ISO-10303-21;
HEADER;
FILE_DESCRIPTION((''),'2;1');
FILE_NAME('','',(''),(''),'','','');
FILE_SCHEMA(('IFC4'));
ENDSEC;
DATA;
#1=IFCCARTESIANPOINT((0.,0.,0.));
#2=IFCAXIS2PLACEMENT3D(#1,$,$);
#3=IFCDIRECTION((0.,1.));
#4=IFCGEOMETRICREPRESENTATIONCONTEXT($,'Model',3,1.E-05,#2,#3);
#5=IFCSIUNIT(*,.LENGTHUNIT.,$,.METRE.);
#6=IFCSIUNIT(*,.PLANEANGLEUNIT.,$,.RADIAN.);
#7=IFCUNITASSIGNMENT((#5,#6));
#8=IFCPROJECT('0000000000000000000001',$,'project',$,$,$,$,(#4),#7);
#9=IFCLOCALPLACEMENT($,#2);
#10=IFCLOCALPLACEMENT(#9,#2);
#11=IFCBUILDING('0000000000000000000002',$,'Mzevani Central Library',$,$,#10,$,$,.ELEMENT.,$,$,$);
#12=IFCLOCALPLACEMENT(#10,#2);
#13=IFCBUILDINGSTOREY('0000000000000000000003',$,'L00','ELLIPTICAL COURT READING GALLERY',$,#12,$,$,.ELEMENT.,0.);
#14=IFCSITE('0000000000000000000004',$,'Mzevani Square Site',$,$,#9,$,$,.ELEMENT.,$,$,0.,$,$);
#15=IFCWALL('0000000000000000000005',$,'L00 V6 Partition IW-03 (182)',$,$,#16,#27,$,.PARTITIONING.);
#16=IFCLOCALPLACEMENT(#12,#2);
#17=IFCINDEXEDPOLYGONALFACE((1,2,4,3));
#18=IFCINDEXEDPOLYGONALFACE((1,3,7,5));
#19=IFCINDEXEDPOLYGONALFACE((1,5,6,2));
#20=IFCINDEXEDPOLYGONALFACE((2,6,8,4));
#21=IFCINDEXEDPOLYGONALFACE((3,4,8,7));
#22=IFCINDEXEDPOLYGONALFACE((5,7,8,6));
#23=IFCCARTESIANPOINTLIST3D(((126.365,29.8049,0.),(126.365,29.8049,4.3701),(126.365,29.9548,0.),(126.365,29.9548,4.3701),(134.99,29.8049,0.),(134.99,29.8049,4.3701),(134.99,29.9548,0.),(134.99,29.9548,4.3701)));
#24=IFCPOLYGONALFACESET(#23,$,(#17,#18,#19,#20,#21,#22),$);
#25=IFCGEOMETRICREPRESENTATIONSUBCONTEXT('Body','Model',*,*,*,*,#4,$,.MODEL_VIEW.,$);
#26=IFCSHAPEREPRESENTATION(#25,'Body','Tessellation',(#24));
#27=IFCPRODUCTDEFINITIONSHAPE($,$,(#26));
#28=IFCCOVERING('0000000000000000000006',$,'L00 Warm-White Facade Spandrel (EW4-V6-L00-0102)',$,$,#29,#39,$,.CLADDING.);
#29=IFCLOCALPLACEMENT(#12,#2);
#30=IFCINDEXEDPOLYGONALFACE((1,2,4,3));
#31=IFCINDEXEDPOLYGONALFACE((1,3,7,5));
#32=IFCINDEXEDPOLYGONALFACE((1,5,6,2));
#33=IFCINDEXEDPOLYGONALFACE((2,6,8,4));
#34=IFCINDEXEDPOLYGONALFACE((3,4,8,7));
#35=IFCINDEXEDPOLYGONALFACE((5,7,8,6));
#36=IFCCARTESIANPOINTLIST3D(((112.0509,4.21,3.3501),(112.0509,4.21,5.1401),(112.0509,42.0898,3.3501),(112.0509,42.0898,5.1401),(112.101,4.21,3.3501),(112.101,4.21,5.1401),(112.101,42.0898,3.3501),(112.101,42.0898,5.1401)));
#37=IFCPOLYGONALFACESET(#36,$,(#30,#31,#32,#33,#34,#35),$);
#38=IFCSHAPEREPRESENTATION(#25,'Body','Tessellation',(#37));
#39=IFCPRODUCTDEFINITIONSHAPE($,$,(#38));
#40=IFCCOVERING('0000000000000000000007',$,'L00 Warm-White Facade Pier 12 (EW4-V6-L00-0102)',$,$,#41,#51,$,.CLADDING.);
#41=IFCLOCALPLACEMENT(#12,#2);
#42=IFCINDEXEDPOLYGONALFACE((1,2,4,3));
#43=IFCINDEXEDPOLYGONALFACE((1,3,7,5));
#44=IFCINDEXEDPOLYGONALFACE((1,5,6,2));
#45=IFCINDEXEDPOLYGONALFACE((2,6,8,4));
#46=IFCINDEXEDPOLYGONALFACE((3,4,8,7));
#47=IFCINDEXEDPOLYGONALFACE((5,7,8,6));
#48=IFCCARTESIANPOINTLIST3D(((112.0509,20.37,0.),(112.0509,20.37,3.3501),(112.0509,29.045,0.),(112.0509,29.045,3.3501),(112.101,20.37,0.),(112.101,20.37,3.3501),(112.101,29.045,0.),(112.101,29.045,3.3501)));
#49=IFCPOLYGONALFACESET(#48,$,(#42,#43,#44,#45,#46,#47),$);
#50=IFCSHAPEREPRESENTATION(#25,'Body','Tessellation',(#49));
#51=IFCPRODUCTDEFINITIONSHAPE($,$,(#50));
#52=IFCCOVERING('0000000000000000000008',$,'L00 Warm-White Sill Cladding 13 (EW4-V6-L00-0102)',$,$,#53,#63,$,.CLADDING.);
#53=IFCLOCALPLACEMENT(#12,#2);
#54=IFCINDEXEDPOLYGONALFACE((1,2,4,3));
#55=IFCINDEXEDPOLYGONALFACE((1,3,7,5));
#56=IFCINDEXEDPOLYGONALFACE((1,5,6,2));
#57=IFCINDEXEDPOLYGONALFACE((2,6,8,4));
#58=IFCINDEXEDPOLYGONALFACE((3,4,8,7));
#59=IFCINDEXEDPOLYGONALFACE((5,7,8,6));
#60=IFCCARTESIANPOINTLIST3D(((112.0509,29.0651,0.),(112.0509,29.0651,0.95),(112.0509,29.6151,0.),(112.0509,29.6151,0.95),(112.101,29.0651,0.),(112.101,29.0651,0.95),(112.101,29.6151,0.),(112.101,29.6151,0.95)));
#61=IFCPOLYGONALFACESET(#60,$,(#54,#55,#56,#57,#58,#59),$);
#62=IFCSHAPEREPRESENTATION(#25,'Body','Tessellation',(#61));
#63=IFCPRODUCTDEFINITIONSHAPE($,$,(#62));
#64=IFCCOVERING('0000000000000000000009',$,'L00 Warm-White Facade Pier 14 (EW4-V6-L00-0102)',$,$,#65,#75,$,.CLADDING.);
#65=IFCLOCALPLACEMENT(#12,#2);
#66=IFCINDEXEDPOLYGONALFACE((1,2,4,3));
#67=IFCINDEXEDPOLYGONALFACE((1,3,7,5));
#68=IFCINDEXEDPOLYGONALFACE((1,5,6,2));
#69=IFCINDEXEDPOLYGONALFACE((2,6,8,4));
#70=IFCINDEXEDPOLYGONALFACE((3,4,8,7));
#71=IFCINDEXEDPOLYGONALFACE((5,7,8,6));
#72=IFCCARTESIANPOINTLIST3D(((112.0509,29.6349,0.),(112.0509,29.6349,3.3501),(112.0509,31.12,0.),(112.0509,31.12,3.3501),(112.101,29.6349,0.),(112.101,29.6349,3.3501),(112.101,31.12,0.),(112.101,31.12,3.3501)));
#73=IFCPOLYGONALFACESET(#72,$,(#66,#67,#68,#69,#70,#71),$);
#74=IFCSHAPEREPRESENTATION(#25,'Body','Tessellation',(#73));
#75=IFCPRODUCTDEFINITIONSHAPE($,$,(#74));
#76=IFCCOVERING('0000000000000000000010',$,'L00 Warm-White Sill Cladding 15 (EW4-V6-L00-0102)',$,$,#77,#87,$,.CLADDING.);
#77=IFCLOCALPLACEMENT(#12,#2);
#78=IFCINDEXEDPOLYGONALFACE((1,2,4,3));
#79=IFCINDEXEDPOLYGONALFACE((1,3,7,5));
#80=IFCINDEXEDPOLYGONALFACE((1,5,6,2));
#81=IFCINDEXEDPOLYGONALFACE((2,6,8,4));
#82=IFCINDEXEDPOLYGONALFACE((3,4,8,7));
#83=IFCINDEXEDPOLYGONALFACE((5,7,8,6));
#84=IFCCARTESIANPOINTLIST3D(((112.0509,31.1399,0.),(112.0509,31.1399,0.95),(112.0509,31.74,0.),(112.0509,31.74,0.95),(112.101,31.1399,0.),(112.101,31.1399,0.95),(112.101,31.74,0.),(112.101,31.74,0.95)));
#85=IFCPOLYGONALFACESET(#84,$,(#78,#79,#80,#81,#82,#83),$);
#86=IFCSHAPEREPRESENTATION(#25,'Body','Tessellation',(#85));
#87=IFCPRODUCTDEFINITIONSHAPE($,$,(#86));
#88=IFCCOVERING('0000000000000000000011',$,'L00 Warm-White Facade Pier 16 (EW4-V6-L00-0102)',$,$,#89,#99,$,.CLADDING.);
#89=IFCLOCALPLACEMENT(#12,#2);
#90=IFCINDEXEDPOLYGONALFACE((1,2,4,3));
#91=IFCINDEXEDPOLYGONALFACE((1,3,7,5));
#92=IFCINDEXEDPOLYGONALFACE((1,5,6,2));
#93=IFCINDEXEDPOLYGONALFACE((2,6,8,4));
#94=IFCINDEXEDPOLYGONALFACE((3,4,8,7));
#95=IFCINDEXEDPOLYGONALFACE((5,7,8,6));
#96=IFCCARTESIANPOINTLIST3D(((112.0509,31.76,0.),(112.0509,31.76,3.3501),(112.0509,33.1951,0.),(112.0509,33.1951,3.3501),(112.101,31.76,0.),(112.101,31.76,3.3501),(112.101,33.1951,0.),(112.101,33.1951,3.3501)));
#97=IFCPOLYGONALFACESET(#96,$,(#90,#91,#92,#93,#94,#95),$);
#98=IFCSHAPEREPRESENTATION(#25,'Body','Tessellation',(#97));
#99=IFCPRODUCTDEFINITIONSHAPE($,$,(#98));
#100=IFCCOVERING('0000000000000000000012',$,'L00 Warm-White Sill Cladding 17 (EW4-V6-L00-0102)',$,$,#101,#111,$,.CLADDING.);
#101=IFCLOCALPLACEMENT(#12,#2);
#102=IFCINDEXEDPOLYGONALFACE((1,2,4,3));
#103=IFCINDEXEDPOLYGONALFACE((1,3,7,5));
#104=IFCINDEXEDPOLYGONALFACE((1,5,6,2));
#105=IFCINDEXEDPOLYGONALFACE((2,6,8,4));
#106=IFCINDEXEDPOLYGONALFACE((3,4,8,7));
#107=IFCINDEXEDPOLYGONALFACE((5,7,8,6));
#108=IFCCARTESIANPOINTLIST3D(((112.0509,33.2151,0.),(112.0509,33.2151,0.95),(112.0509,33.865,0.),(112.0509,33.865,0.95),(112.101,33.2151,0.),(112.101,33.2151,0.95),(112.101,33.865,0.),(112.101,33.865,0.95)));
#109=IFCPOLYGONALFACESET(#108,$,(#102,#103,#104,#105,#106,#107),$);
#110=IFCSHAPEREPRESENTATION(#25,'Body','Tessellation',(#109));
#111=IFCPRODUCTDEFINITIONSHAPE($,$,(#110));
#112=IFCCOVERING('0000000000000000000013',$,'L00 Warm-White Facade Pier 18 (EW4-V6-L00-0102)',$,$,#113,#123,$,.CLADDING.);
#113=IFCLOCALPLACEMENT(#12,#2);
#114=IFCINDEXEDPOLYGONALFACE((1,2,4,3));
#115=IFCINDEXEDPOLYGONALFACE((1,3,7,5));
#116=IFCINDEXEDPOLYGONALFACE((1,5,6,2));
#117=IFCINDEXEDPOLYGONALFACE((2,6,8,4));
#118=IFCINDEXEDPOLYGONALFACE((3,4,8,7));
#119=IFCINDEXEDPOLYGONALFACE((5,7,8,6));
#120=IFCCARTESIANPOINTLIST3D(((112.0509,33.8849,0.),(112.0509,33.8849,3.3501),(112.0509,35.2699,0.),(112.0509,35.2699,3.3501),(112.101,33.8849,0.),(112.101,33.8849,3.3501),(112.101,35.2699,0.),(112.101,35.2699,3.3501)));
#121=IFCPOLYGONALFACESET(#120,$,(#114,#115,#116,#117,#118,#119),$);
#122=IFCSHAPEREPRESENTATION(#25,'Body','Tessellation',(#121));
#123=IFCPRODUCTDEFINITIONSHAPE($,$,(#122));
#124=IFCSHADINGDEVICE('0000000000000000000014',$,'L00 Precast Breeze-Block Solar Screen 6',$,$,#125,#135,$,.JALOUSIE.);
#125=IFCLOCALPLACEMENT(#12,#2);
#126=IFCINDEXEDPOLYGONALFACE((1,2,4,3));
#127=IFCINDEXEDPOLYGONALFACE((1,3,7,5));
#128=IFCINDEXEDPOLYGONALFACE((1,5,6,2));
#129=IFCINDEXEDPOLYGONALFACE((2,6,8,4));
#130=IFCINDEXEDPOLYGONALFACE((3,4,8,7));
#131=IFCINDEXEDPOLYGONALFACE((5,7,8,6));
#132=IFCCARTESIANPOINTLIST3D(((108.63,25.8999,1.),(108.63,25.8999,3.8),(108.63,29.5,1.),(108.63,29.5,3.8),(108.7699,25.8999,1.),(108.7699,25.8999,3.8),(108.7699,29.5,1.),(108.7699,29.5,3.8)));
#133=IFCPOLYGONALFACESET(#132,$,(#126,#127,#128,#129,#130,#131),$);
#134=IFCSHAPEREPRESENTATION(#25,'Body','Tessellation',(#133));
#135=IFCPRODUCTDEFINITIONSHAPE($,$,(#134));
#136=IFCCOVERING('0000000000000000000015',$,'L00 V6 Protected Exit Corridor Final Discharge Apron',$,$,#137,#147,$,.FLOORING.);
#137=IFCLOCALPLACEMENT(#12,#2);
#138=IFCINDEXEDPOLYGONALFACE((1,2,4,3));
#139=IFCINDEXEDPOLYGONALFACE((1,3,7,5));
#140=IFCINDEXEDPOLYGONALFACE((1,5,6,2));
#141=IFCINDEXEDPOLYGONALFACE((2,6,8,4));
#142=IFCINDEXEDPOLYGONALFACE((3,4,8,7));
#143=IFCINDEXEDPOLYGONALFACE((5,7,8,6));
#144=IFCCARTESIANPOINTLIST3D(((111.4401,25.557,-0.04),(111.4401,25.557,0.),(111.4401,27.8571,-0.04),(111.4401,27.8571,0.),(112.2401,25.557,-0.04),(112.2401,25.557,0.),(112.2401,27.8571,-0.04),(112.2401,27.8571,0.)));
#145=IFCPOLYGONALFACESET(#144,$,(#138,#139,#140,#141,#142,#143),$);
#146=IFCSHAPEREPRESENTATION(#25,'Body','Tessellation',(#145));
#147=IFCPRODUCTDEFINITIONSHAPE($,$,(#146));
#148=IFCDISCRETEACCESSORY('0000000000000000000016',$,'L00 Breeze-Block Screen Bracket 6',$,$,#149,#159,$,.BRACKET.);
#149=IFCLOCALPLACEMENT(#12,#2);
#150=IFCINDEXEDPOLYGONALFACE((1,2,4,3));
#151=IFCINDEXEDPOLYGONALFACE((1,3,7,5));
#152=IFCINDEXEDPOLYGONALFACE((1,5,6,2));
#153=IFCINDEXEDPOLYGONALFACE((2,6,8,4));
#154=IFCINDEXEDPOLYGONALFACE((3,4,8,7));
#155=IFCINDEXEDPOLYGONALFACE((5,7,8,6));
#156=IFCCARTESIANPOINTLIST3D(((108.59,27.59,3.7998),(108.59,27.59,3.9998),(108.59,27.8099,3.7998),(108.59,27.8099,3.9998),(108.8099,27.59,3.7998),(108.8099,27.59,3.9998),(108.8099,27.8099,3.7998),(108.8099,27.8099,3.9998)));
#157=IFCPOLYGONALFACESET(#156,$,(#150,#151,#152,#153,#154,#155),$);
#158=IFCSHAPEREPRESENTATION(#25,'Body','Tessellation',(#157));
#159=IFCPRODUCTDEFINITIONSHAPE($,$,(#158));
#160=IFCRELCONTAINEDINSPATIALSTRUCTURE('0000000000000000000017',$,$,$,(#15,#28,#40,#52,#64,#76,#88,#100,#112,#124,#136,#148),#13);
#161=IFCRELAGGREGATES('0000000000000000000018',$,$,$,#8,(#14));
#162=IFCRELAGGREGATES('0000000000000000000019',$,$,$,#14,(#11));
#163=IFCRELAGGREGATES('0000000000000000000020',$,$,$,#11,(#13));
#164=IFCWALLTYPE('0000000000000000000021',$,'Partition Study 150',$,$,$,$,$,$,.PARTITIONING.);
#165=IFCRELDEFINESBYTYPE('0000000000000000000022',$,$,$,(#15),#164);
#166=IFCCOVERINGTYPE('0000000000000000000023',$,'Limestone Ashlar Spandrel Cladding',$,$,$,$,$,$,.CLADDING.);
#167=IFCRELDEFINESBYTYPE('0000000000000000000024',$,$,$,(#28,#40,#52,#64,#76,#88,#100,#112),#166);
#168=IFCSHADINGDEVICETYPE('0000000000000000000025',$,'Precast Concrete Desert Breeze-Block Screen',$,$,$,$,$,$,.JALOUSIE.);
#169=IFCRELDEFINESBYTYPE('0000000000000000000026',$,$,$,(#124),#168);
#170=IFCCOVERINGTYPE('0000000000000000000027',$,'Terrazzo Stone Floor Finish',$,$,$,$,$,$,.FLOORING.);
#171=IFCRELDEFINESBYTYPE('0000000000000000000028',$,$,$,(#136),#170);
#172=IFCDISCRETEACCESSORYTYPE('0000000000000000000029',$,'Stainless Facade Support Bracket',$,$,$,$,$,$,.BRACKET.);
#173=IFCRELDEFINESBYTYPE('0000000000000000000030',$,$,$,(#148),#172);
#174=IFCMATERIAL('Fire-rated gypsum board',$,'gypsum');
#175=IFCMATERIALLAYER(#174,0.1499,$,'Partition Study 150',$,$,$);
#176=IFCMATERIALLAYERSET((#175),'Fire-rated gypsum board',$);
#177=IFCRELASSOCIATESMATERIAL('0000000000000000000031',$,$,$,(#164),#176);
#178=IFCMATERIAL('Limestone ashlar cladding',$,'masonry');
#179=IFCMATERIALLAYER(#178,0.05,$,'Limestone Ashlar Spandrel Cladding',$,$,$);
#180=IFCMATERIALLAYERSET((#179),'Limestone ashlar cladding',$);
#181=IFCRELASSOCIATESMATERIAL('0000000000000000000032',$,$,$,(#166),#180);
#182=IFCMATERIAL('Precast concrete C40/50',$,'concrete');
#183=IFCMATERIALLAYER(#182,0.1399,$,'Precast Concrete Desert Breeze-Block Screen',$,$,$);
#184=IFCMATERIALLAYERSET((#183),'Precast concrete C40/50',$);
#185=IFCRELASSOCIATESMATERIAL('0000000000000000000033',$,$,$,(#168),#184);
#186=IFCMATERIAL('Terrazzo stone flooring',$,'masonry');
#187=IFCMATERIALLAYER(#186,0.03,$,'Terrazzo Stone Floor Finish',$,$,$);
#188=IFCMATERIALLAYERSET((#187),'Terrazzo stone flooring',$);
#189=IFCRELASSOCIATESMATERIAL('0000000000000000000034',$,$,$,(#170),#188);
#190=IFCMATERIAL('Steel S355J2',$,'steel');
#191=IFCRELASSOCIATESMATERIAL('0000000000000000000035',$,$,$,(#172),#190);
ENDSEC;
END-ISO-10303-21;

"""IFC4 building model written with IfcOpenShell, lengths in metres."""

from ifc_helpers import new_model, si_unit, direction, frame, frame_2d, origin, origin_2d, place, context, subcontext, project, spatial, rectangle, extrude, material, layer, layer_set, type_object, element, save


model = new_model("IFC4")

# Units and contexts
model_context = context("Model", 3, precision=1e-05, world=origin(), true_north=direction((0.0, 1.0)))
body_context = subcontext(model_context, "Body", "Model", "MODEL_VIEW")
ifc_project = project(units=[si_unit("LENGTHUNIT", "METRE"), si_unit("PLANEANGLEUNIT", "RADIAN")], contexts=[model_context])

# Site, building, storey
site_placement = place(None, origin())
site = spatial("IfcSite", under=ifc_project, at=site_placement, Name="Mzevani Square Site", CompositionType="ELEMENT", RefElevation=0.0)
building_placement = place(site_placement, origin())
building = spatial("IfcBuilding", under=site, at=building_placement, Name="Mzevani Central Library", CompositionType="ELEMENT")
storey_placement = place(building_placement, origin())
storey = spatial("IfcBuildingStorey", under=building, at=storey_placement, Name="L00", Description="ELLIPTICAL COURT READING GALLERY", CompositionType="ELEMENT", Elevation=0.0)

# Shared definitions
ifc_material_1 = material(Name="Precast concrete C40/50", Category="concrete")

# Shared definitions
ifc_material_2 = material(Name="Fire-rated gypsum board", Category="gypsum")
ifc_layer_1 = layer(ifc_material_2, 0.1499, Name="Partition Study 150")
ifc_layer_set_1 = layer_set([ifc_layer_1], Name="Fire-rated gypsum board")
wall_type_1 = type_object("IfcWallType", Name="Partition Study 150", PredefinedType="PARTITIONING", material=ifc_layer_set_1)

# Wall
wall_1_placement = place(storey_placement, frame((134.99, 29.8799, 0.0), z_axis=(0.0, 0.0, 1.0), x_axis=(-1.0, 0.0, 0.0)))
element("IfcWall", 1, at=wall_1_placement, inside=storey, type_object=wall_type_1, Name="L00 V6 Partition IW-03 (182)", PredefinedType="PARTITIONING", context=body_context, shape_type="SweptSolid", body=[
    extrude(rectangle(XDim=8.625, YDim=0.1499, at=frame_2d((4.3125, 0.0))), origin(), (0.0, 0.0, 1.0), 4.3701),
])

# Coverings
ifc_material_3 = material(Name="Limestone ashlar cladding", Category="masonry")
ifc_layer_2 = layer(ifc_material_3, 0.05, Name="Limestone Ashlar Spandrel Cladding")
ifc_layer_set_2 = layer_set([ifc_layer_2], Name="Limestone ashlar cladding")
covering_type_1 = type_object("IfcCoveringType", Name="Limestone Ashlar Spandrel Cladding", PredefinedType="CLADDING", material=ifc_layer_set_2)
covering_1_placement = place(storey_placement, frame((112.0759, 23.1499, 3.3501), z_axis=(0.0, 0.0, 1.0), x_axis=(0.0, 1.0, 0.0)))
element("IfcCovering", 2, at=covering_1_placement, inside=storey, type_object=covering_type_1, Name="L00 Warm-White Facade Spandrel (EW4-V6-L00-0102)", PredefinedType="CLADDING", context=body_context, shape_type="SweptSolid", body=[
    extrude(rectangle(XDim=37.8799, YDim=0.05, at=origin_2d()), origin(), (0.0, 0.0, 1.0), 1.79),
])
covering_2_placement = place(storey_placement, frame((112.0759, 24.7075, 0.0), z_axis=(0.0, 0.0, 1.0), x_axis=(0.0, 1.0, 0.0)))
element("IfcCovering", 3, at=covering_2_placement, inside=storey, type_object=covering_type_1, Name="L00 Warm-White Facade Pier 12 (EW4-V6-L00-0102)", PredefinedType="CLADDING", context=body_context, shape_type="SweptSolid", body=[
    extrude(rectangle(XDim=8.675, YDim=0.05, at=origin_2d()), origin(), (0.0, 0.0, 1.0), 3.3501),
])
covering_3_placement = place(storey_placement, frame((112.0759, 29.3401, 0.0), z_axis=(0.0, 0.0, 1.0), x_axis=(0.0, 1.0, 0.0)))
element("IfcCovering", 4, at=covering_3_placement, inside=storey, type_object=covering_type_1, Name="L00 Warm-White Sill Cladding 13 (EW4-V6-L00-0102)", PredefinedType="CLADDING", context=body_context, shape_type="SweptSolid", body=[
    extrude(rectangle(XDim=0.55, YDim=0.05, at=origin_2d()), origin(), (0.0, 0.0, 1.0), 0.95),
])
covering_4_placement = place(storey_placement, frame((112.0759, 30.3774, 0.0), z_axis=(0.0, 0.0, 1.0), x_axis=(0.0, 1.0, 0.0)))
element("IfcCovering", 5, at=covering_4_placement, inside=storey, type_object=covering_type_1, Name="L00 Warm-White Facade Pier 14 (EW4-V6-L00-0102)", PredefinedType="CLADDING", context=body_context, shape_type="SweptSolid", body=[
    extrude(rectangle(XDim=1.4851, YDim=0.05, at=origin_2d()), origin(), (0.0, 0.0, 1.0), 3.3501),
])
covering_5_placement = place(storey_placement, frame((112.0759, 31.4399, 0.0), z_axis=(0.0, 0.0, 1.0), x_axis=(0.0, 1.0, 0.0)))
element("IfcCovering", 6, at=covering_5_placement, inside=storey, type_object=covering_type_1, Name="L00 Warm-White Sill Cladding 15 (EW4-V6-L00-0102)", PredefinedType="CLADDING", context=body_context, shape_type="SweptSolid", body=[
    extrude(rectangle(XDim=0.6001, YDim=0.05, at=origin_2d()), origin(), (0.0, 0.0, 1.0), 0.95),
])
covering_6_placement = place(storey_placement, frame((112.0759, 32.4775, 0.0), z_axis=(0.0, 0.0, 1.0), x_axis=(0.0, 1.0, 0.0)))
element("IfcCovering", 7, at=covering_6_placement, inside=storey, type_object=covering_type_1, Name="L00 Warm-White Facade Pier 16 (EW4-V6-L00-0102)", PredefinedType="CLADDING", context=body_context, shape_type="SweptSolid", body=[
    extrude(rectangle(XDim=1.4351, YDim=0.05, at=origin_2d()), origin(), (0.0, 0.0, 1.0), 3.3501),
])
covering_7_placement = place(storey_placement, frame((112.0759, 33.54, 0.0), z_axis=(0.0, 0.0, 1.0), x_axis=(0.0, 1.0, 0.0)))
element("IfcCovering", 8, at=covering_7_placement, inside=storey, type_object=covering_type_1, Name="L00 Warm-White Sill Cladding 17 (EW4-V6-L00-0102)", PredefinedType="CLADDING", context=body_context, shape_type="SweptSolid", body=[
    extrude(rectangle(XDim=0.6499, YDim=0.05, at=origin_2d()), origin(), (0.0, 0.0, 1.0), 0.95),
])
covering_8_placement = place(storey_placement, frame((112.0759, 34.5774, 0.0), z_axis=(0.0, 0.0, 1.0), x_axis=(0.0, 1.0, 0.0)))
element("IfcCovering", 9, at=covering_8_placement, inside=storey, type_object=covering_type_1, Name="L00 Warm-White Facade Pier 18 (EW4-V6-L00-0102)", PredefinedType="CLADDING", context=body_context, shape_type="SweptSolid", body=[
    extrude(rectangle(XDim=1.385, YDim=0.05, at=origin_2d()), origin(), (0.0, 0.0, 1.0), 3.3501),
])

# Shading device
ifc_layer_3 = layer(ifc_material_1, 0.1399, Name="Precast Concrete Desert Breeze-Block Screen")
ifc_layer_set_3 = layer_set([ifc_layer_3], Name="Precast concrete C40/50")
shading_device_type = type_object("IfcShadingDeviceType", Name="Precast Concrete Desert Breeze-Block Screen", PredefinedType="JALOUSIE", material=ifc_layer_set_3)
shading_device_placement = place(storey_placement, frame((108.7, 27.7, 1.0), z_axis=(0.0, 0.0, 1.0), x_axis=(1.0, 0.0, 0.0)))
element("IfcShadingDevice", 10, at=shading_device_placement, inside=storey, type_object=shading_device_type, Name="L00 Precast Breeze-Block Solar Screen 6", PredefinedType="JALOUSIE", context=body_context, shape_type="SweptSolid", body=[
    extrude(rectangle(XDim=0.1399, YDim=3.6001, at=origin_2d()), origin(), (0.0, 0.0, 1.0), 2.8),
])

# Covering
ifc_material_4 = material(Name="Terrazzo stone flooring", Category="masonry")
ifc_layer_4 = layer(ifc_material_4, 0.03, Name="Terrazzo Stone Floor Finish")
ifc_layer_set_4 = layer_set([ifc_layer_4], Name="Terrazzo stone flooring")
covering_type_2 = type_object("IfcCoveringType", Name="Terrazzo Stone Floor Finish", PredefinedType="FLOORING", material=ifc_layer_set_4)
covering_9_placement = place(storey_placement, frame((111.8401, 26.707, -0.04), z_axis=(0.0, 0.0, 1.0), x_axis=(0.0, 1.0, 0.0)))
element("IfcCovering", 11, at=covering_9_placement, inside=storey, type_object=covering_type_2, Name="L00 V6 Protected Exit Corridor Final Discharge Apron", PredefinedType="FLOORING", context=body_context, shape_type="SweptSolid", body=[
    extrude(rectangle(XDim=2.3, YDim=0.8, at=origin_2d()), origin(), (0.0, 0.0, 1.0), 0.04),
])

# Discrete accessory
ifc_material_5 = material(Name="Steel S355J2", Category="steel")
discrete_accessory_type = type_object("IfcDiscreteAccessoryType", Name="Stainless Facade Support Bracket", PredefinedType="BRACKET", material=ifc_material_5)
discrete_accessory_placement = place(storey_placement, frame((108.7, 27.7, 3.7998), z_axis=(0.0, 0.0, 1.0), x_axis=(1.0, 0.0, 0.0)))
element("IfcDiscreteAccessory", 12, at=discrete_accessory_placement, inside=storey, type_object=discrete_accessory_type, Name="L00 Breeze-Block Screen Bracket 6", PredefinedType="BRACKET", context=body_context, shape_type="SweptSolid", body=[
    extrude(rectangle(XDim=0.22, YDim=0.22, at=origin_2d()), origin(), (0.0, 0.0, 1.0), 0.2),
])

save(model, "model.ifc")
